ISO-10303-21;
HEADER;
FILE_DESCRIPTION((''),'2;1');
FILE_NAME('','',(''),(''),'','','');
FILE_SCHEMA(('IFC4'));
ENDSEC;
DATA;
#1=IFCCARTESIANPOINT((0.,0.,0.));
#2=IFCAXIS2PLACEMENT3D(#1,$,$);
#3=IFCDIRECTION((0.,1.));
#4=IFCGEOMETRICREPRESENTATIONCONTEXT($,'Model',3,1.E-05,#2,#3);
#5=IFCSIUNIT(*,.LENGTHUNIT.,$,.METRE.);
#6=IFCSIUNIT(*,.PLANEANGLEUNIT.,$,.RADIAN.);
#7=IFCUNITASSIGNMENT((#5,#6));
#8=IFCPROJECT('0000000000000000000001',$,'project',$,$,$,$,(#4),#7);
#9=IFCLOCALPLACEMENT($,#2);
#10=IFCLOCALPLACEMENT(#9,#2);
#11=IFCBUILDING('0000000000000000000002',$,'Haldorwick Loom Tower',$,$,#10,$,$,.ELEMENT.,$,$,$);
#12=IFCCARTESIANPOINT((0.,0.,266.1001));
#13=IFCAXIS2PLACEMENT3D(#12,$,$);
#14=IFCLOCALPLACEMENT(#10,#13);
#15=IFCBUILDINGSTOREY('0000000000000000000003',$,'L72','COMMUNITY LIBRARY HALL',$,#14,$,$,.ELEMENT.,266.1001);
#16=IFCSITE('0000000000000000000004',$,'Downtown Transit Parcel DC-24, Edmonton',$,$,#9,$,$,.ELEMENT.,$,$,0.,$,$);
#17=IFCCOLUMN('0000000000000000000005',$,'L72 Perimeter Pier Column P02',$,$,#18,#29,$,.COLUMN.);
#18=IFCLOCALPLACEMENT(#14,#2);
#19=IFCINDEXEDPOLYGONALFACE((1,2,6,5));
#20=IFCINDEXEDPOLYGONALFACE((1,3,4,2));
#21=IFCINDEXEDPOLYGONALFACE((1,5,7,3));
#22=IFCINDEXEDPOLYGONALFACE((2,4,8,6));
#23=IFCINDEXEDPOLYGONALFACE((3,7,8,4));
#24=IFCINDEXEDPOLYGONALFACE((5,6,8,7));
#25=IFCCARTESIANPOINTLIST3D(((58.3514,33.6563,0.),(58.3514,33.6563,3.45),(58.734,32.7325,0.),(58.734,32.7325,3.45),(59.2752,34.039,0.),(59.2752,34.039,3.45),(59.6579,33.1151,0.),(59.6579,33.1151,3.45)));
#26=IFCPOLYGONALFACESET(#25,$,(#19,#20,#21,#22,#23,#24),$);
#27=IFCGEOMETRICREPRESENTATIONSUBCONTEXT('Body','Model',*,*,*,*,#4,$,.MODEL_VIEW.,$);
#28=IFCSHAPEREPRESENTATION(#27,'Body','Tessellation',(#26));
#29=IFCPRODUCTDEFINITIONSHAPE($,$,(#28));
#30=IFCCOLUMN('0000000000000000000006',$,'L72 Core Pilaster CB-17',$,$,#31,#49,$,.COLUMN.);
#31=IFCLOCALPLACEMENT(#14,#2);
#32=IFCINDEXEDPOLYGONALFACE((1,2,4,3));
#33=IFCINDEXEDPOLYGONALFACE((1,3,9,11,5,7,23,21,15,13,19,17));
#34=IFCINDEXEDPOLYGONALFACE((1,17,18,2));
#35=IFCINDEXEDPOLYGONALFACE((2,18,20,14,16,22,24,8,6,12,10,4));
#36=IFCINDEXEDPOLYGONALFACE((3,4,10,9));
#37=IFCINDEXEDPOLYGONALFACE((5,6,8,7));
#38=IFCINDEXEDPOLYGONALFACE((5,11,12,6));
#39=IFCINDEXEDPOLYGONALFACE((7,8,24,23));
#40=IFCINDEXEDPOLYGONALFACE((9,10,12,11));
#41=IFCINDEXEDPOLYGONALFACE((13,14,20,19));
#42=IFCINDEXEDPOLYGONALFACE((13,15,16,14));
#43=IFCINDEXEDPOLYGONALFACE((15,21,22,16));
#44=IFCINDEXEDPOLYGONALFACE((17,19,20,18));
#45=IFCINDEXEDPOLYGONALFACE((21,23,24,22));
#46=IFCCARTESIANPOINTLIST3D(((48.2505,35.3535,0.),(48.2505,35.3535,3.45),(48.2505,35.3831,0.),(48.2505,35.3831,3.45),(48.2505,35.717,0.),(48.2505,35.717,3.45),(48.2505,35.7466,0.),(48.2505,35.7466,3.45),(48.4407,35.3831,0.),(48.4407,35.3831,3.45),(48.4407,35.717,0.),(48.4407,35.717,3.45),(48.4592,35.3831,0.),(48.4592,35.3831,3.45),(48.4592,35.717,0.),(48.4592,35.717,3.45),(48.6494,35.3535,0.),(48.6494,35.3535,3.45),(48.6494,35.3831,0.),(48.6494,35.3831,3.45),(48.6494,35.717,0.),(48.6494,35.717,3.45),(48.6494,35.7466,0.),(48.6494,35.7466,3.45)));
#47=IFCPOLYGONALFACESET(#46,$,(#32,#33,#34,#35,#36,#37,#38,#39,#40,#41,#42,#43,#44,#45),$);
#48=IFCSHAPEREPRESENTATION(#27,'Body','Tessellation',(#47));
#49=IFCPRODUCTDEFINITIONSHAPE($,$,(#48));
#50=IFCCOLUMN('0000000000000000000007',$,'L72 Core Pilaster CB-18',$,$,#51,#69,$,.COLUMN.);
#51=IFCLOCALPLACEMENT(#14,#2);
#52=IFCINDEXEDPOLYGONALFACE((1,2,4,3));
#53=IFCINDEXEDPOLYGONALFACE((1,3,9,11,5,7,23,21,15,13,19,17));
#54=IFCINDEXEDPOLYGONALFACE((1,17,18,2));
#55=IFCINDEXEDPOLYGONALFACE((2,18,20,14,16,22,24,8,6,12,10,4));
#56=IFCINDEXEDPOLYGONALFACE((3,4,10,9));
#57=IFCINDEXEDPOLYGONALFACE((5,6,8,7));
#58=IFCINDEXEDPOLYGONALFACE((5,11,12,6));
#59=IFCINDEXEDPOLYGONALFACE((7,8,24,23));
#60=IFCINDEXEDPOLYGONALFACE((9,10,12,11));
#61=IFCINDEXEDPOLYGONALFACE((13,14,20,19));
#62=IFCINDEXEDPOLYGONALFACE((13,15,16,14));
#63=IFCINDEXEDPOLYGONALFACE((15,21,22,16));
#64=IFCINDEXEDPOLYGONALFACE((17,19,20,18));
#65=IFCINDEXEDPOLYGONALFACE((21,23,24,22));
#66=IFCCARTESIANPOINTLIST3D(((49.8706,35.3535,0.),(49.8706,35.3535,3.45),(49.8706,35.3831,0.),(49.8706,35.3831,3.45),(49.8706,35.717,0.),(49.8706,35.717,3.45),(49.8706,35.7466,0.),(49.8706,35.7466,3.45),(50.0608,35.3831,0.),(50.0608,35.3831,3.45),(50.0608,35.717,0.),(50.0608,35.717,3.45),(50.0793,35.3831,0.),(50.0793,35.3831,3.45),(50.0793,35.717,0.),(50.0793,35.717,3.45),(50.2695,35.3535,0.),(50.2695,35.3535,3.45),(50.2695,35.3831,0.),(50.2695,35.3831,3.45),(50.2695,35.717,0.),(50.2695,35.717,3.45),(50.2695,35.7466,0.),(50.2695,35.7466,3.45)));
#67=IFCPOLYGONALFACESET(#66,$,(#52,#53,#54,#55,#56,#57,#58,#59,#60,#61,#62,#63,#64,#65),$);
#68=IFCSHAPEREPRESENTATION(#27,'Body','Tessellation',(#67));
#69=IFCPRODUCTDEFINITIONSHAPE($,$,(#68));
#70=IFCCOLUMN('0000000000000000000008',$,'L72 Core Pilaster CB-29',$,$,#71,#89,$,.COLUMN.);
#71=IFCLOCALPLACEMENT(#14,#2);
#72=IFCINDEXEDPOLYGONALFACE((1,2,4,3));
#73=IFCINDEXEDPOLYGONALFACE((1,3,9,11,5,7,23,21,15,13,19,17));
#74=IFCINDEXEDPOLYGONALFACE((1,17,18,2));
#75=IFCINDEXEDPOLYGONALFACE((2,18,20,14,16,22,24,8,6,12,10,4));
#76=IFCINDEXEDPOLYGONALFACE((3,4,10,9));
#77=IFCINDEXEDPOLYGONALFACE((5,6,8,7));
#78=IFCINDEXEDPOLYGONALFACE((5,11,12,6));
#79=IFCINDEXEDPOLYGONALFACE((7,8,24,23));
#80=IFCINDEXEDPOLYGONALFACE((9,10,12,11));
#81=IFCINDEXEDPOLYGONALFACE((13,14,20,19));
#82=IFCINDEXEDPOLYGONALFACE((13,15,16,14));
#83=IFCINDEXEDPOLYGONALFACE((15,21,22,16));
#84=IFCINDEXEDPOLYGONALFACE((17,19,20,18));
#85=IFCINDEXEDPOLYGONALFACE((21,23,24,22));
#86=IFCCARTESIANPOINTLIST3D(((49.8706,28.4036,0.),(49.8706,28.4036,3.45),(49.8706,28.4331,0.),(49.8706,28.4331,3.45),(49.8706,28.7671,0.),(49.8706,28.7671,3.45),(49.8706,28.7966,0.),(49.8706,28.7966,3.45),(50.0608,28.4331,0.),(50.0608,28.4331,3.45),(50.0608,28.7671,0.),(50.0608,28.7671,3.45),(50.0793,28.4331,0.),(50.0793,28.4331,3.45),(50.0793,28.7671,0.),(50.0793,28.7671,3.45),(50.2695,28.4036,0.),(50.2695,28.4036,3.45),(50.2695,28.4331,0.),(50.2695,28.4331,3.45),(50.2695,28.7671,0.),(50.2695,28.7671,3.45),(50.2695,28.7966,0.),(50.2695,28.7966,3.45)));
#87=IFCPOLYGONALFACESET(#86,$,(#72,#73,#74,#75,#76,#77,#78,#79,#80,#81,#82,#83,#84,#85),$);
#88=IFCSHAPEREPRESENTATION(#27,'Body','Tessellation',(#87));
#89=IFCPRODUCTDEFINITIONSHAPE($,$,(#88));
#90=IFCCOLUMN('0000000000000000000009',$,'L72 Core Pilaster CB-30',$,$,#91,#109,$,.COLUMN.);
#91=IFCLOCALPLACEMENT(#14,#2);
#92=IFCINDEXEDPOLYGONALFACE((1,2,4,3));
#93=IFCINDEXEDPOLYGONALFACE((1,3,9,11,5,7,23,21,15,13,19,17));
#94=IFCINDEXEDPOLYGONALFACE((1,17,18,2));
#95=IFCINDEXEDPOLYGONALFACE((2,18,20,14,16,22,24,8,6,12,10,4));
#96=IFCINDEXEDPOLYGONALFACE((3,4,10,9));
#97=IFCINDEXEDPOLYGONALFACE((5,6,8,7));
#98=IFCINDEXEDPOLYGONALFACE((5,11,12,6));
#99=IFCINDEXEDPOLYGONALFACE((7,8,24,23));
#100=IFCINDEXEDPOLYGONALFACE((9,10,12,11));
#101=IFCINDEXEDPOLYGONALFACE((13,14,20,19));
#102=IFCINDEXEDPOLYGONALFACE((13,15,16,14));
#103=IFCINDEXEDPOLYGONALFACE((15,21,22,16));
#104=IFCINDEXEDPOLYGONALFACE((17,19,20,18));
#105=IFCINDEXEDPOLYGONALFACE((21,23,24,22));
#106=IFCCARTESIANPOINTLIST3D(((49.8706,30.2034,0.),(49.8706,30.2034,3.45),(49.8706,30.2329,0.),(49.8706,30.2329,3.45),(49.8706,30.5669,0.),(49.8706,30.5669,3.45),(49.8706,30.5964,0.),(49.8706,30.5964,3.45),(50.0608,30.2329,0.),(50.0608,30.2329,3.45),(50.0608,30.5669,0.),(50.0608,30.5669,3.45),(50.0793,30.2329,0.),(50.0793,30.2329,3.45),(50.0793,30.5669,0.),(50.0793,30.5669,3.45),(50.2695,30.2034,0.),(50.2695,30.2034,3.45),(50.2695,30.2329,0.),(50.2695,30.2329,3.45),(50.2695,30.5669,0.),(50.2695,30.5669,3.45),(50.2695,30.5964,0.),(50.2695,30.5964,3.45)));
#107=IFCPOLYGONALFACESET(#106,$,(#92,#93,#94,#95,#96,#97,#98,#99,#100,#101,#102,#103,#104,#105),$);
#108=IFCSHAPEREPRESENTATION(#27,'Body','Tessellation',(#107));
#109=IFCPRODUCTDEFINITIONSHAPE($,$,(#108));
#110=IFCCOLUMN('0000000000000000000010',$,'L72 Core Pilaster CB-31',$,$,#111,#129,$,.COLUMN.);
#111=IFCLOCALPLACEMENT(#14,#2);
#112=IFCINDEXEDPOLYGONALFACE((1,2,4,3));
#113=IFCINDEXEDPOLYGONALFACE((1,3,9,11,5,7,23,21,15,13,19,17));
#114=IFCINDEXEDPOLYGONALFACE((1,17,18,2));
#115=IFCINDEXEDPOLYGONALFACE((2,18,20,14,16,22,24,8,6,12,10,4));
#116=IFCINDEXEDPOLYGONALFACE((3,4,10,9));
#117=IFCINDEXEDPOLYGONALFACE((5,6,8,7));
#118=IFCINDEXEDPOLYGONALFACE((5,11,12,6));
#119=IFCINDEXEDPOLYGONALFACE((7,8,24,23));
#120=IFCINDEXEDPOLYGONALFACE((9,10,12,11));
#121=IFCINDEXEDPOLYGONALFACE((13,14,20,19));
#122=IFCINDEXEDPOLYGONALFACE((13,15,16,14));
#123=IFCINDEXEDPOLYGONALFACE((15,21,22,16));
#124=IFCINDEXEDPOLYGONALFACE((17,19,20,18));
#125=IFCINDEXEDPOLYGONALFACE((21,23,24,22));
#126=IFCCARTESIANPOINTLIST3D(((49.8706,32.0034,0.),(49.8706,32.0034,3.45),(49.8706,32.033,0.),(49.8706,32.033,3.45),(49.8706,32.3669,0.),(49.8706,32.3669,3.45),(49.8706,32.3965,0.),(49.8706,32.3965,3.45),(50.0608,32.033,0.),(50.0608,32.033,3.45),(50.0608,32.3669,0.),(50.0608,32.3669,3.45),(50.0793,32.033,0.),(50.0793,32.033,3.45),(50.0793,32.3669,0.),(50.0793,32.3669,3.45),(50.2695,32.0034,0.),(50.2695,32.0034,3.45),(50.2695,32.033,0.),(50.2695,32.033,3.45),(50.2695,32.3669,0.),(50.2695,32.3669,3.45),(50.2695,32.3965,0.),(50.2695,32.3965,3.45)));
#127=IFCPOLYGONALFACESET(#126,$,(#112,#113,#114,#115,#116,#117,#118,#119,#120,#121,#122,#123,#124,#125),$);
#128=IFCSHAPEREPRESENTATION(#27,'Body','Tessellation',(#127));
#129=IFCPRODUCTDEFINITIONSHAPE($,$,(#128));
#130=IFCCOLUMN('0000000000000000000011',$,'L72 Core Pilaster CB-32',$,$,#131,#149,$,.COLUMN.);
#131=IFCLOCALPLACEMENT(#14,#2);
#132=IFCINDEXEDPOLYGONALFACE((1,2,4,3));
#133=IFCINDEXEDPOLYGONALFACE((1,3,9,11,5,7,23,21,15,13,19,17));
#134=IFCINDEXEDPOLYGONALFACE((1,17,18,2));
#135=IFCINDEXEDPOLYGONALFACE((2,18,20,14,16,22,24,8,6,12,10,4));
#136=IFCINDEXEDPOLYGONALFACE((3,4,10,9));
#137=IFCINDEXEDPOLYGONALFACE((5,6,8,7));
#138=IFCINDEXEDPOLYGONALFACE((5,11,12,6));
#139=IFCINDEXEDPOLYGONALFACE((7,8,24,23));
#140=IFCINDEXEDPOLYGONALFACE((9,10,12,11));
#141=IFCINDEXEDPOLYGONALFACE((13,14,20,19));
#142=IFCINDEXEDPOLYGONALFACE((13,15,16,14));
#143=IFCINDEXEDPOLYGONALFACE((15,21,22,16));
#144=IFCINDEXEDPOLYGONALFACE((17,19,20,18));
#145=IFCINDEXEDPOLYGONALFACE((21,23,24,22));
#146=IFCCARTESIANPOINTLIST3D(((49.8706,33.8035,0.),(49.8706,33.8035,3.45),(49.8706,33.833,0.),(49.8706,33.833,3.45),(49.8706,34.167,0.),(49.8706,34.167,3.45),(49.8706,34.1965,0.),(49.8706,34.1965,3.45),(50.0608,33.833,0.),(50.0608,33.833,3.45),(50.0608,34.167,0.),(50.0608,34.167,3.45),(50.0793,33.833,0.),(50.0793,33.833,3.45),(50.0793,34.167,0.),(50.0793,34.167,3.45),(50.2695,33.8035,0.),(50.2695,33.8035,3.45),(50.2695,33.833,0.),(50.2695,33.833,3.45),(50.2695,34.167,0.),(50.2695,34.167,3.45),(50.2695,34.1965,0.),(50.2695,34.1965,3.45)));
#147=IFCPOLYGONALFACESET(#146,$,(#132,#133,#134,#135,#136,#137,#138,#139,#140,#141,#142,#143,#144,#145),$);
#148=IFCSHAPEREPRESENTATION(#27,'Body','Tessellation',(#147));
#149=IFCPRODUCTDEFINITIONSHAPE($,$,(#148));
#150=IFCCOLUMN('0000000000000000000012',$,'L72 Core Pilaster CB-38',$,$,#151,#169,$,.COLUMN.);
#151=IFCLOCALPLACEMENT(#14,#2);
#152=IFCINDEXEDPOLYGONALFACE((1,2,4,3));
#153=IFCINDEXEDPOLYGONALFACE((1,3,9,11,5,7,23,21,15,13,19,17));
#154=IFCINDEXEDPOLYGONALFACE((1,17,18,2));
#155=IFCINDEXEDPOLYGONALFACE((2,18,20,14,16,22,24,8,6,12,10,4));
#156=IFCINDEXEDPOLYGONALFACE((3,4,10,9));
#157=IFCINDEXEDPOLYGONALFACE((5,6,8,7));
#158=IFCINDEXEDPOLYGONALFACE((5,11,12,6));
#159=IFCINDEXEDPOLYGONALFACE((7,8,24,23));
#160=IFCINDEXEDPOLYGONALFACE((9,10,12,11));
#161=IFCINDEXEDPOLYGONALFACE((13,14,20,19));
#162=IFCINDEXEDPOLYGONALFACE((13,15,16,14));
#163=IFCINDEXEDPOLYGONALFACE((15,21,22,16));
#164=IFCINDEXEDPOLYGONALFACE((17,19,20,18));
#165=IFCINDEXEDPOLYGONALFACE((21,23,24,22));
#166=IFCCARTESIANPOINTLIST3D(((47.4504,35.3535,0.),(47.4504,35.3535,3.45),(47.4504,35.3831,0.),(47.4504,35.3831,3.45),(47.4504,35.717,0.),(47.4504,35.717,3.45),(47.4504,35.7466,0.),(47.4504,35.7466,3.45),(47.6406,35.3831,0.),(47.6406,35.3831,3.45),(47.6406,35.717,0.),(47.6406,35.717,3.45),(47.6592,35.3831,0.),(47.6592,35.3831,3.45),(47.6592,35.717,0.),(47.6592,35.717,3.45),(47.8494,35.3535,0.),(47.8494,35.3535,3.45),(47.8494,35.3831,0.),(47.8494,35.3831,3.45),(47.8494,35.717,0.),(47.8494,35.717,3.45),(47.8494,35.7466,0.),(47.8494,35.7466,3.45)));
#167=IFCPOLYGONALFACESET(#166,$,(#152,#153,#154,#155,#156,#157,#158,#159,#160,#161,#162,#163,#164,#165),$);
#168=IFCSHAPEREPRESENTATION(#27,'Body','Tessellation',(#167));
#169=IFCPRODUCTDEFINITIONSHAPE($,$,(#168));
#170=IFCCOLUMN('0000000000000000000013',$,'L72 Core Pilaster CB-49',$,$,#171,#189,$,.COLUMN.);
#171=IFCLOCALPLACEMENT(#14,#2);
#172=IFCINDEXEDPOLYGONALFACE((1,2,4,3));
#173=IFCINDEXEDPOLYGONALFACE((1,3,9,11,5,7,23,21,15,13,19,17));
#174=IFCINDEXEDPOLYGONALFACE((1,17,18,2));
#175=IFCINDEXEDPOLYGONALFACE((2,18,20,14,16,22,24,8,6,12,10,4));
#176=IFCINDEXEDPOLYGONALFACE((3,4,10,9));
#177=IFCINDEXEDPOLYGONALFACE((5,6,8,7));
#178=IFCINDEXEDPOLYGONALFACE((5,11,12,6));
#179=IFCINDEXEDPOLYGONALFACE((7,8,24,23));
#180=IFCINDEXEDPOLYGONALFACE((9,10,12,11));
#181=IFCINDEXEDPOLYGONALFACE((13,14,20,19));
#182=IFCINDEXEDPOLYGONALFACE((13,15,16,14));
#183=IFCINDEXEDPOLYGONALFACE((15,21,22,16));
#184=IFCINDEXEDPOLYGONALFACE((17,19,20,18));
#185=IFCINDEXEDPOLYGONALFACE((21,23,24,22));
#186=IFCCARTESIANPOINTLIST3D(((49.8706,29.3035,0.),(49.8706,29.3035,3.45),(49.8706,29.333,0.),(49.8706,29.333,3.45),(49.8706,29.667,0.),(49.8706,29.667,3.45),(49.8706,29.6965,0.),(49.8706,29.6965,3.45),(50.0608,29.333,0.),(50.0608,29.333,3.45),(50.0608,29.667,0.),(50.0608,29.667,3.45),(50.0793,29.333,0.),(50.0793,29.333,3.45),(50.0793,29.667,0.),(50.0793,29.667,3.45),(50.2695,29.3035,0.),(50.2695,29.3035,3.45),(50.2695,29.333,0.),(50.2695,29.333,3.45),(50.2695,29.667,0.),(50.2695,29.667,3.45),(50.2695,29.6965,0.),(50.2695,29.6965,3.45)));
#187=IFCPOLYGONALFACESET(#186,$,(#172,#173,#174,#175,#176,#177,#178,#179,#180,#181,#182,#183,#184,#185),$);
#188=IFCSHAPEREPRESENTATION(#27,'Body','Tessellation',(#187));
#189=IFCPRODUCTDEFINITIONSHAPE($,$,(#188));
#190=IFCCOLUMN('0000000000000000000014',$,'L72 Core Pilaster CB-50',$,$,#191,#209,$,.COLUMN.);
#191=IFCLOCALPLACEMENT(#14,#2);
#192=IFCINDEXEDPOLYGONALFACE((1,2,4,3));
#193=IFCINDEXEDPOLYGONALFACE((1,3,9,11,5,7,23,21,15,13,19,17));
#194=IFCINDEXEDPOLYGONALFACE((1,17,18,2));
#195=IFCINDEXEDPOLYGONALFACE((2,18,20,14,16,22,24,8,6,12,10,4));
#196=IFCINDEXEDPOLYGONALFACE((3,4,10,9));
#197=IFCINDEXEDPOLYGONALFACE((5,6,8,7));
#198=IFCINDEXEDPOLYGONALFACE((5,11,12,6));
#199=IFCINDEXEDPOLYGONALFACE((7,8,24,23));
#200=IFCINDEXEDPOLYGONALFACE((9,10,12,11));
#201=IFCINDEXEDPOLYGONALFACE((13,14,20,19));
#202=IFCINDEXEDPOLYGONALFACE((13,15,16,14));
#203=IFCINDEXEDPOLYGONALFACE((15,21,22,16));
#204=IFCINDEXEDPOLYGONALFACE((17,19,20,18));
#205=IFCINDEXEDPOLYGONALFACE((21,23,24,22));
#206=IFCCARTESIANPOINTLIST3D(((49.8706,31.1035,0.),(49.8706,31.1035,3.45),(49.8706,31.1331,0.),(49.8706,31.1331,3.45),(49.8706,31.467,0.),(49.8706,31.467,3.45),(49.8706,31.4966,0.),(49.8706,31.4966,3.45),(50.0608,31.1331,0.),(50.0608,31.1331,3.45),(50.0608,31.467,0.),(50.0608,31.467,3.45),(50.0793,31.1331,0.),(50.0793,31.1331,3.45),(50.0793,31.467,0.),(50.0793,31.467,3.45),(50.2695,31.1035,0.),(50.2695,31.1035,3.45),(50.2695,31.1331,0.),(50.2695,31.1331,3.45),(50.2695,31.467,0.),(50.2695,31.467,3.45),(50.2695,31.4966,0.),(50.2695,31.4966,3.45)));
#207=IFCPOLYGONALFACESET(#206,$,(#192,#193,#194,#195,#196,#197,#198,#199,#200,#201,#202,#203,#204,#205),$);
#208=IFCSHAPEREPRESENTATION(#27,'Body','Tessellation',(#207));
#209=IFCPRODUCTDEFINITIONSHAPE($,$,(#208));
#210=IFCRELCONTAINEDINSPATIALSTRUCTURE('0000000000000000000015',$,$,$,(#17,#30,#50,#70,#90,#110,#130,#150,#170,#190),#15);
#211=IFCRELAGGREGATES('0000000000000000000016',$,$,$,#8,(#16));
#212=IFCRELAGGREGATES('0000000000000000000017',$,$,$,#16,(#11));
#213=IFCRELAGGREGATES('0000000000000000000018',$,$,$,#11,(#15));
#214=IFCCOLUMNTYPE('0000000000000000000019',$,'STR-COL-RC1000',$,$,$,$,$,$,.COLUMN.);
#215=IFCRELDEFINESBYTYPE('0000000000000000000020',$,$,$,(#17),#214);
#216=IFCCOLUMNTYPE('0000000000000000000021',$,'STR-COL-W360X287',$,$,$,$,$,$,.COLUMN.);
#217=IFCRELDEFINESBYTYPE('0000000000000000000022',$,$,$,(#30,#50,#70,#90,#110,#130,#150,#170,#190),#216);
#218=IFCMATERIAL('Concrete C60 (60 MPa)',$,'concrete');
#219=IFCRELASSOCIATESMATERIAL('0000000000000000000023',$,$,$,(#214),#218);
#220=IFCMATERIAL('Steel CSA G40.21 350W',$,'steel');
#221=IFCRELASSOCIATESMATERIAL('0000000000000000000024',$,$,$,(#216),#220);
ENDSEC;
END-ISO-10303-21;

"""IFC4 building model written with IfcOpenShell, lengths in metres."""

from ifc_helpers import new_model, si_unit, direction, frame, origin, origin_2d, place, context, subcontext, project, spatial, rectangle, i_section, extrude, material, material_profile, profile_set, type_object, element, save


model = new_model("IFC4")

# Units and contexts
model_context = context("Model", 3, precision=1e-05, world=origin(), true_north=direction((0.0, 1.0)))
body_context = subcontext(model_context, "Body", "Model", "MODEL_VIEW")
ifc_project = project(units=[si_unit("LENGTHUNIT", "METRE"), si_unit("PLANEANGLEUNIT", "RADIAN")], contexts=[model_context])

# Site, building, storey
site_placement = place(None, origin())
site = spatial("IfcSite", under=ifc_project, at=site_placement, Name="Downtown Transit Parcel DC-24, Edmonton", CompositionType="ELEMENT", RefElevation=0.0)
building_placement = place(site_placement, origin())
building = spatial("IfcBuilding", under=site, at=building_placement, Name="Haldorwick Loom Tower", CompositionType="ELEMENT")
storey_placement = place(building_placement, frame((0.0, 0.0, 266.1001)))
storey = spatial("IfcBuildingStorey", under=building, at=storey_placement, Name="L72", Description="COMMUNITY LIBRARY HALL", CompositionType="ELEMENT", Elevation=266.1001)

# Columns
ifc_material_1 = material(Name="Concrete C60 (60 MPa)", Category="concrete")
ifc_material_profile_1 = material_profile(ifc_material_1, rectangle(XDim=1.0, YDim=1.0, at=origin_2d()), Name="RC1000X1000", Category="concrete")
ifc_profile_set_1 = profile_set([ifc_material_profile_1], Name="Concrete C60 (60 MPa)")
column_type_1 = type_object("IfcColumnType", Name="STR-COL-RC1000", PredefinedType="COLUMN", material=ifc_profile_set_1)
column_1_placement = place(storey_placement, frame((59.0046, 33.3857, 0.0), z_axis=(0.0, 0.0, 1.0), x_axis=(0.92388, 0.382683, 0.0)))
element("IfcColumn", 1, at=column_1_placement, inside=storey, type_object=column_type_1, Name="L72 Perimeter Pier Column P02", PredefinedType="COLUMN", context=body_context, shape_type="SweptSolid", body=[
    extrude(rectangle(XDim=1.0, YDim=1.0, at=origin_2d()), origin(), (0.0, 0.0, 1.0), 3.45),
])
ifc_material_2 = material(Name="Steel CSA G40.21 350W", Category="steel")
ifc_material_profile_2 = material_profile(ifc_material_2, i_section(OverallWidth=0.3989, OverallDepth=0.3931, WebThickness=0.0186, FlangeThickness=0.0295, at=origin_2d()), Name="W360X287", Category="steel")
ifc_profile_set_2 = profile_set([ifc_material_profile_2], Name="Steel CSA G40.21 350W")
column_type_2 = type_object("IfcColumnType", Name="STR-COL-W360X287", PredefinedType="COLUMN", material=ifc_profile_set_2)
for number, where, z_axis, x_axis, name in (
    (2, (48.45, 35.55, 0.0), (0.0, 0.0, 1.0), (1.0, 0.0, 0.0), "L72 Core Pilaster CB-17"),
    (3, (50.0701, 35.55, 0.0), (0.0, 0.0, 1.0), (1.0, 0.0, 0.0), "L72 Core Pilaster CB-18"),
    (4, (50.0701, 28.6001, 0.0), (0.0, 0.0, 1.0), (1.0, 0.0, 0.0), "L72 Core Pilaster CB-29"),
    (5, (50.0701, 30.3999, 0.0), (0.0, 0.0, 1.0), (1.0, 0.0, 0.0), "L72 Core Pilaster CB-30"),
    (6, (50.0701, 32.2, 0.0), (0.0, 0.0, 1.0), (1.0, 0.0, 0.0), "L72 Core Pilaster CB-31"),
    (7, (50.0701, 34.0, 0.0), (0.0, 0.0, 1.0), (1.0, 0.0, 0.0), "L72 Core Pilaster CB-32"),
    (8, (47.6499, 35.55, 0.0), (0.0, 0.0, 1.0), (1.0, 0.0, 0.0), "L72 Core Pilaster CB-38"),
    (9, (50.0701, 29.5, 0.0), (0.0, 0.0, 1.0), (1.0, 0.0, 0.0), "L72 Core Pilaster CB-49"),
    (10, (50.0701, 31.3, 0.0), (0.0, 0.0, 1.0), (1.0, 0.0, 0.0), "L72 Core Pilaster CB-50"),
):
    element("IfcColumn", number, at=place(storey_placement, frame(where, z_axis=z_axis, x_axis=x_axis)), inside=storey, type_object=column_type_2, Name=name, PredefinedType="COLUMN", context=body_context, shape_type="SweptSolid", body=[
        extrude(i_section(OverallWidth=0.3989, OverallDepth=0.3931, WebThickness=0.0186, FlangeThickness=0.0295, at=origin_2d()), origin(), (0.0, 0.0, 1.0), 3.45),
    ])

save(model, "model.ifc")
